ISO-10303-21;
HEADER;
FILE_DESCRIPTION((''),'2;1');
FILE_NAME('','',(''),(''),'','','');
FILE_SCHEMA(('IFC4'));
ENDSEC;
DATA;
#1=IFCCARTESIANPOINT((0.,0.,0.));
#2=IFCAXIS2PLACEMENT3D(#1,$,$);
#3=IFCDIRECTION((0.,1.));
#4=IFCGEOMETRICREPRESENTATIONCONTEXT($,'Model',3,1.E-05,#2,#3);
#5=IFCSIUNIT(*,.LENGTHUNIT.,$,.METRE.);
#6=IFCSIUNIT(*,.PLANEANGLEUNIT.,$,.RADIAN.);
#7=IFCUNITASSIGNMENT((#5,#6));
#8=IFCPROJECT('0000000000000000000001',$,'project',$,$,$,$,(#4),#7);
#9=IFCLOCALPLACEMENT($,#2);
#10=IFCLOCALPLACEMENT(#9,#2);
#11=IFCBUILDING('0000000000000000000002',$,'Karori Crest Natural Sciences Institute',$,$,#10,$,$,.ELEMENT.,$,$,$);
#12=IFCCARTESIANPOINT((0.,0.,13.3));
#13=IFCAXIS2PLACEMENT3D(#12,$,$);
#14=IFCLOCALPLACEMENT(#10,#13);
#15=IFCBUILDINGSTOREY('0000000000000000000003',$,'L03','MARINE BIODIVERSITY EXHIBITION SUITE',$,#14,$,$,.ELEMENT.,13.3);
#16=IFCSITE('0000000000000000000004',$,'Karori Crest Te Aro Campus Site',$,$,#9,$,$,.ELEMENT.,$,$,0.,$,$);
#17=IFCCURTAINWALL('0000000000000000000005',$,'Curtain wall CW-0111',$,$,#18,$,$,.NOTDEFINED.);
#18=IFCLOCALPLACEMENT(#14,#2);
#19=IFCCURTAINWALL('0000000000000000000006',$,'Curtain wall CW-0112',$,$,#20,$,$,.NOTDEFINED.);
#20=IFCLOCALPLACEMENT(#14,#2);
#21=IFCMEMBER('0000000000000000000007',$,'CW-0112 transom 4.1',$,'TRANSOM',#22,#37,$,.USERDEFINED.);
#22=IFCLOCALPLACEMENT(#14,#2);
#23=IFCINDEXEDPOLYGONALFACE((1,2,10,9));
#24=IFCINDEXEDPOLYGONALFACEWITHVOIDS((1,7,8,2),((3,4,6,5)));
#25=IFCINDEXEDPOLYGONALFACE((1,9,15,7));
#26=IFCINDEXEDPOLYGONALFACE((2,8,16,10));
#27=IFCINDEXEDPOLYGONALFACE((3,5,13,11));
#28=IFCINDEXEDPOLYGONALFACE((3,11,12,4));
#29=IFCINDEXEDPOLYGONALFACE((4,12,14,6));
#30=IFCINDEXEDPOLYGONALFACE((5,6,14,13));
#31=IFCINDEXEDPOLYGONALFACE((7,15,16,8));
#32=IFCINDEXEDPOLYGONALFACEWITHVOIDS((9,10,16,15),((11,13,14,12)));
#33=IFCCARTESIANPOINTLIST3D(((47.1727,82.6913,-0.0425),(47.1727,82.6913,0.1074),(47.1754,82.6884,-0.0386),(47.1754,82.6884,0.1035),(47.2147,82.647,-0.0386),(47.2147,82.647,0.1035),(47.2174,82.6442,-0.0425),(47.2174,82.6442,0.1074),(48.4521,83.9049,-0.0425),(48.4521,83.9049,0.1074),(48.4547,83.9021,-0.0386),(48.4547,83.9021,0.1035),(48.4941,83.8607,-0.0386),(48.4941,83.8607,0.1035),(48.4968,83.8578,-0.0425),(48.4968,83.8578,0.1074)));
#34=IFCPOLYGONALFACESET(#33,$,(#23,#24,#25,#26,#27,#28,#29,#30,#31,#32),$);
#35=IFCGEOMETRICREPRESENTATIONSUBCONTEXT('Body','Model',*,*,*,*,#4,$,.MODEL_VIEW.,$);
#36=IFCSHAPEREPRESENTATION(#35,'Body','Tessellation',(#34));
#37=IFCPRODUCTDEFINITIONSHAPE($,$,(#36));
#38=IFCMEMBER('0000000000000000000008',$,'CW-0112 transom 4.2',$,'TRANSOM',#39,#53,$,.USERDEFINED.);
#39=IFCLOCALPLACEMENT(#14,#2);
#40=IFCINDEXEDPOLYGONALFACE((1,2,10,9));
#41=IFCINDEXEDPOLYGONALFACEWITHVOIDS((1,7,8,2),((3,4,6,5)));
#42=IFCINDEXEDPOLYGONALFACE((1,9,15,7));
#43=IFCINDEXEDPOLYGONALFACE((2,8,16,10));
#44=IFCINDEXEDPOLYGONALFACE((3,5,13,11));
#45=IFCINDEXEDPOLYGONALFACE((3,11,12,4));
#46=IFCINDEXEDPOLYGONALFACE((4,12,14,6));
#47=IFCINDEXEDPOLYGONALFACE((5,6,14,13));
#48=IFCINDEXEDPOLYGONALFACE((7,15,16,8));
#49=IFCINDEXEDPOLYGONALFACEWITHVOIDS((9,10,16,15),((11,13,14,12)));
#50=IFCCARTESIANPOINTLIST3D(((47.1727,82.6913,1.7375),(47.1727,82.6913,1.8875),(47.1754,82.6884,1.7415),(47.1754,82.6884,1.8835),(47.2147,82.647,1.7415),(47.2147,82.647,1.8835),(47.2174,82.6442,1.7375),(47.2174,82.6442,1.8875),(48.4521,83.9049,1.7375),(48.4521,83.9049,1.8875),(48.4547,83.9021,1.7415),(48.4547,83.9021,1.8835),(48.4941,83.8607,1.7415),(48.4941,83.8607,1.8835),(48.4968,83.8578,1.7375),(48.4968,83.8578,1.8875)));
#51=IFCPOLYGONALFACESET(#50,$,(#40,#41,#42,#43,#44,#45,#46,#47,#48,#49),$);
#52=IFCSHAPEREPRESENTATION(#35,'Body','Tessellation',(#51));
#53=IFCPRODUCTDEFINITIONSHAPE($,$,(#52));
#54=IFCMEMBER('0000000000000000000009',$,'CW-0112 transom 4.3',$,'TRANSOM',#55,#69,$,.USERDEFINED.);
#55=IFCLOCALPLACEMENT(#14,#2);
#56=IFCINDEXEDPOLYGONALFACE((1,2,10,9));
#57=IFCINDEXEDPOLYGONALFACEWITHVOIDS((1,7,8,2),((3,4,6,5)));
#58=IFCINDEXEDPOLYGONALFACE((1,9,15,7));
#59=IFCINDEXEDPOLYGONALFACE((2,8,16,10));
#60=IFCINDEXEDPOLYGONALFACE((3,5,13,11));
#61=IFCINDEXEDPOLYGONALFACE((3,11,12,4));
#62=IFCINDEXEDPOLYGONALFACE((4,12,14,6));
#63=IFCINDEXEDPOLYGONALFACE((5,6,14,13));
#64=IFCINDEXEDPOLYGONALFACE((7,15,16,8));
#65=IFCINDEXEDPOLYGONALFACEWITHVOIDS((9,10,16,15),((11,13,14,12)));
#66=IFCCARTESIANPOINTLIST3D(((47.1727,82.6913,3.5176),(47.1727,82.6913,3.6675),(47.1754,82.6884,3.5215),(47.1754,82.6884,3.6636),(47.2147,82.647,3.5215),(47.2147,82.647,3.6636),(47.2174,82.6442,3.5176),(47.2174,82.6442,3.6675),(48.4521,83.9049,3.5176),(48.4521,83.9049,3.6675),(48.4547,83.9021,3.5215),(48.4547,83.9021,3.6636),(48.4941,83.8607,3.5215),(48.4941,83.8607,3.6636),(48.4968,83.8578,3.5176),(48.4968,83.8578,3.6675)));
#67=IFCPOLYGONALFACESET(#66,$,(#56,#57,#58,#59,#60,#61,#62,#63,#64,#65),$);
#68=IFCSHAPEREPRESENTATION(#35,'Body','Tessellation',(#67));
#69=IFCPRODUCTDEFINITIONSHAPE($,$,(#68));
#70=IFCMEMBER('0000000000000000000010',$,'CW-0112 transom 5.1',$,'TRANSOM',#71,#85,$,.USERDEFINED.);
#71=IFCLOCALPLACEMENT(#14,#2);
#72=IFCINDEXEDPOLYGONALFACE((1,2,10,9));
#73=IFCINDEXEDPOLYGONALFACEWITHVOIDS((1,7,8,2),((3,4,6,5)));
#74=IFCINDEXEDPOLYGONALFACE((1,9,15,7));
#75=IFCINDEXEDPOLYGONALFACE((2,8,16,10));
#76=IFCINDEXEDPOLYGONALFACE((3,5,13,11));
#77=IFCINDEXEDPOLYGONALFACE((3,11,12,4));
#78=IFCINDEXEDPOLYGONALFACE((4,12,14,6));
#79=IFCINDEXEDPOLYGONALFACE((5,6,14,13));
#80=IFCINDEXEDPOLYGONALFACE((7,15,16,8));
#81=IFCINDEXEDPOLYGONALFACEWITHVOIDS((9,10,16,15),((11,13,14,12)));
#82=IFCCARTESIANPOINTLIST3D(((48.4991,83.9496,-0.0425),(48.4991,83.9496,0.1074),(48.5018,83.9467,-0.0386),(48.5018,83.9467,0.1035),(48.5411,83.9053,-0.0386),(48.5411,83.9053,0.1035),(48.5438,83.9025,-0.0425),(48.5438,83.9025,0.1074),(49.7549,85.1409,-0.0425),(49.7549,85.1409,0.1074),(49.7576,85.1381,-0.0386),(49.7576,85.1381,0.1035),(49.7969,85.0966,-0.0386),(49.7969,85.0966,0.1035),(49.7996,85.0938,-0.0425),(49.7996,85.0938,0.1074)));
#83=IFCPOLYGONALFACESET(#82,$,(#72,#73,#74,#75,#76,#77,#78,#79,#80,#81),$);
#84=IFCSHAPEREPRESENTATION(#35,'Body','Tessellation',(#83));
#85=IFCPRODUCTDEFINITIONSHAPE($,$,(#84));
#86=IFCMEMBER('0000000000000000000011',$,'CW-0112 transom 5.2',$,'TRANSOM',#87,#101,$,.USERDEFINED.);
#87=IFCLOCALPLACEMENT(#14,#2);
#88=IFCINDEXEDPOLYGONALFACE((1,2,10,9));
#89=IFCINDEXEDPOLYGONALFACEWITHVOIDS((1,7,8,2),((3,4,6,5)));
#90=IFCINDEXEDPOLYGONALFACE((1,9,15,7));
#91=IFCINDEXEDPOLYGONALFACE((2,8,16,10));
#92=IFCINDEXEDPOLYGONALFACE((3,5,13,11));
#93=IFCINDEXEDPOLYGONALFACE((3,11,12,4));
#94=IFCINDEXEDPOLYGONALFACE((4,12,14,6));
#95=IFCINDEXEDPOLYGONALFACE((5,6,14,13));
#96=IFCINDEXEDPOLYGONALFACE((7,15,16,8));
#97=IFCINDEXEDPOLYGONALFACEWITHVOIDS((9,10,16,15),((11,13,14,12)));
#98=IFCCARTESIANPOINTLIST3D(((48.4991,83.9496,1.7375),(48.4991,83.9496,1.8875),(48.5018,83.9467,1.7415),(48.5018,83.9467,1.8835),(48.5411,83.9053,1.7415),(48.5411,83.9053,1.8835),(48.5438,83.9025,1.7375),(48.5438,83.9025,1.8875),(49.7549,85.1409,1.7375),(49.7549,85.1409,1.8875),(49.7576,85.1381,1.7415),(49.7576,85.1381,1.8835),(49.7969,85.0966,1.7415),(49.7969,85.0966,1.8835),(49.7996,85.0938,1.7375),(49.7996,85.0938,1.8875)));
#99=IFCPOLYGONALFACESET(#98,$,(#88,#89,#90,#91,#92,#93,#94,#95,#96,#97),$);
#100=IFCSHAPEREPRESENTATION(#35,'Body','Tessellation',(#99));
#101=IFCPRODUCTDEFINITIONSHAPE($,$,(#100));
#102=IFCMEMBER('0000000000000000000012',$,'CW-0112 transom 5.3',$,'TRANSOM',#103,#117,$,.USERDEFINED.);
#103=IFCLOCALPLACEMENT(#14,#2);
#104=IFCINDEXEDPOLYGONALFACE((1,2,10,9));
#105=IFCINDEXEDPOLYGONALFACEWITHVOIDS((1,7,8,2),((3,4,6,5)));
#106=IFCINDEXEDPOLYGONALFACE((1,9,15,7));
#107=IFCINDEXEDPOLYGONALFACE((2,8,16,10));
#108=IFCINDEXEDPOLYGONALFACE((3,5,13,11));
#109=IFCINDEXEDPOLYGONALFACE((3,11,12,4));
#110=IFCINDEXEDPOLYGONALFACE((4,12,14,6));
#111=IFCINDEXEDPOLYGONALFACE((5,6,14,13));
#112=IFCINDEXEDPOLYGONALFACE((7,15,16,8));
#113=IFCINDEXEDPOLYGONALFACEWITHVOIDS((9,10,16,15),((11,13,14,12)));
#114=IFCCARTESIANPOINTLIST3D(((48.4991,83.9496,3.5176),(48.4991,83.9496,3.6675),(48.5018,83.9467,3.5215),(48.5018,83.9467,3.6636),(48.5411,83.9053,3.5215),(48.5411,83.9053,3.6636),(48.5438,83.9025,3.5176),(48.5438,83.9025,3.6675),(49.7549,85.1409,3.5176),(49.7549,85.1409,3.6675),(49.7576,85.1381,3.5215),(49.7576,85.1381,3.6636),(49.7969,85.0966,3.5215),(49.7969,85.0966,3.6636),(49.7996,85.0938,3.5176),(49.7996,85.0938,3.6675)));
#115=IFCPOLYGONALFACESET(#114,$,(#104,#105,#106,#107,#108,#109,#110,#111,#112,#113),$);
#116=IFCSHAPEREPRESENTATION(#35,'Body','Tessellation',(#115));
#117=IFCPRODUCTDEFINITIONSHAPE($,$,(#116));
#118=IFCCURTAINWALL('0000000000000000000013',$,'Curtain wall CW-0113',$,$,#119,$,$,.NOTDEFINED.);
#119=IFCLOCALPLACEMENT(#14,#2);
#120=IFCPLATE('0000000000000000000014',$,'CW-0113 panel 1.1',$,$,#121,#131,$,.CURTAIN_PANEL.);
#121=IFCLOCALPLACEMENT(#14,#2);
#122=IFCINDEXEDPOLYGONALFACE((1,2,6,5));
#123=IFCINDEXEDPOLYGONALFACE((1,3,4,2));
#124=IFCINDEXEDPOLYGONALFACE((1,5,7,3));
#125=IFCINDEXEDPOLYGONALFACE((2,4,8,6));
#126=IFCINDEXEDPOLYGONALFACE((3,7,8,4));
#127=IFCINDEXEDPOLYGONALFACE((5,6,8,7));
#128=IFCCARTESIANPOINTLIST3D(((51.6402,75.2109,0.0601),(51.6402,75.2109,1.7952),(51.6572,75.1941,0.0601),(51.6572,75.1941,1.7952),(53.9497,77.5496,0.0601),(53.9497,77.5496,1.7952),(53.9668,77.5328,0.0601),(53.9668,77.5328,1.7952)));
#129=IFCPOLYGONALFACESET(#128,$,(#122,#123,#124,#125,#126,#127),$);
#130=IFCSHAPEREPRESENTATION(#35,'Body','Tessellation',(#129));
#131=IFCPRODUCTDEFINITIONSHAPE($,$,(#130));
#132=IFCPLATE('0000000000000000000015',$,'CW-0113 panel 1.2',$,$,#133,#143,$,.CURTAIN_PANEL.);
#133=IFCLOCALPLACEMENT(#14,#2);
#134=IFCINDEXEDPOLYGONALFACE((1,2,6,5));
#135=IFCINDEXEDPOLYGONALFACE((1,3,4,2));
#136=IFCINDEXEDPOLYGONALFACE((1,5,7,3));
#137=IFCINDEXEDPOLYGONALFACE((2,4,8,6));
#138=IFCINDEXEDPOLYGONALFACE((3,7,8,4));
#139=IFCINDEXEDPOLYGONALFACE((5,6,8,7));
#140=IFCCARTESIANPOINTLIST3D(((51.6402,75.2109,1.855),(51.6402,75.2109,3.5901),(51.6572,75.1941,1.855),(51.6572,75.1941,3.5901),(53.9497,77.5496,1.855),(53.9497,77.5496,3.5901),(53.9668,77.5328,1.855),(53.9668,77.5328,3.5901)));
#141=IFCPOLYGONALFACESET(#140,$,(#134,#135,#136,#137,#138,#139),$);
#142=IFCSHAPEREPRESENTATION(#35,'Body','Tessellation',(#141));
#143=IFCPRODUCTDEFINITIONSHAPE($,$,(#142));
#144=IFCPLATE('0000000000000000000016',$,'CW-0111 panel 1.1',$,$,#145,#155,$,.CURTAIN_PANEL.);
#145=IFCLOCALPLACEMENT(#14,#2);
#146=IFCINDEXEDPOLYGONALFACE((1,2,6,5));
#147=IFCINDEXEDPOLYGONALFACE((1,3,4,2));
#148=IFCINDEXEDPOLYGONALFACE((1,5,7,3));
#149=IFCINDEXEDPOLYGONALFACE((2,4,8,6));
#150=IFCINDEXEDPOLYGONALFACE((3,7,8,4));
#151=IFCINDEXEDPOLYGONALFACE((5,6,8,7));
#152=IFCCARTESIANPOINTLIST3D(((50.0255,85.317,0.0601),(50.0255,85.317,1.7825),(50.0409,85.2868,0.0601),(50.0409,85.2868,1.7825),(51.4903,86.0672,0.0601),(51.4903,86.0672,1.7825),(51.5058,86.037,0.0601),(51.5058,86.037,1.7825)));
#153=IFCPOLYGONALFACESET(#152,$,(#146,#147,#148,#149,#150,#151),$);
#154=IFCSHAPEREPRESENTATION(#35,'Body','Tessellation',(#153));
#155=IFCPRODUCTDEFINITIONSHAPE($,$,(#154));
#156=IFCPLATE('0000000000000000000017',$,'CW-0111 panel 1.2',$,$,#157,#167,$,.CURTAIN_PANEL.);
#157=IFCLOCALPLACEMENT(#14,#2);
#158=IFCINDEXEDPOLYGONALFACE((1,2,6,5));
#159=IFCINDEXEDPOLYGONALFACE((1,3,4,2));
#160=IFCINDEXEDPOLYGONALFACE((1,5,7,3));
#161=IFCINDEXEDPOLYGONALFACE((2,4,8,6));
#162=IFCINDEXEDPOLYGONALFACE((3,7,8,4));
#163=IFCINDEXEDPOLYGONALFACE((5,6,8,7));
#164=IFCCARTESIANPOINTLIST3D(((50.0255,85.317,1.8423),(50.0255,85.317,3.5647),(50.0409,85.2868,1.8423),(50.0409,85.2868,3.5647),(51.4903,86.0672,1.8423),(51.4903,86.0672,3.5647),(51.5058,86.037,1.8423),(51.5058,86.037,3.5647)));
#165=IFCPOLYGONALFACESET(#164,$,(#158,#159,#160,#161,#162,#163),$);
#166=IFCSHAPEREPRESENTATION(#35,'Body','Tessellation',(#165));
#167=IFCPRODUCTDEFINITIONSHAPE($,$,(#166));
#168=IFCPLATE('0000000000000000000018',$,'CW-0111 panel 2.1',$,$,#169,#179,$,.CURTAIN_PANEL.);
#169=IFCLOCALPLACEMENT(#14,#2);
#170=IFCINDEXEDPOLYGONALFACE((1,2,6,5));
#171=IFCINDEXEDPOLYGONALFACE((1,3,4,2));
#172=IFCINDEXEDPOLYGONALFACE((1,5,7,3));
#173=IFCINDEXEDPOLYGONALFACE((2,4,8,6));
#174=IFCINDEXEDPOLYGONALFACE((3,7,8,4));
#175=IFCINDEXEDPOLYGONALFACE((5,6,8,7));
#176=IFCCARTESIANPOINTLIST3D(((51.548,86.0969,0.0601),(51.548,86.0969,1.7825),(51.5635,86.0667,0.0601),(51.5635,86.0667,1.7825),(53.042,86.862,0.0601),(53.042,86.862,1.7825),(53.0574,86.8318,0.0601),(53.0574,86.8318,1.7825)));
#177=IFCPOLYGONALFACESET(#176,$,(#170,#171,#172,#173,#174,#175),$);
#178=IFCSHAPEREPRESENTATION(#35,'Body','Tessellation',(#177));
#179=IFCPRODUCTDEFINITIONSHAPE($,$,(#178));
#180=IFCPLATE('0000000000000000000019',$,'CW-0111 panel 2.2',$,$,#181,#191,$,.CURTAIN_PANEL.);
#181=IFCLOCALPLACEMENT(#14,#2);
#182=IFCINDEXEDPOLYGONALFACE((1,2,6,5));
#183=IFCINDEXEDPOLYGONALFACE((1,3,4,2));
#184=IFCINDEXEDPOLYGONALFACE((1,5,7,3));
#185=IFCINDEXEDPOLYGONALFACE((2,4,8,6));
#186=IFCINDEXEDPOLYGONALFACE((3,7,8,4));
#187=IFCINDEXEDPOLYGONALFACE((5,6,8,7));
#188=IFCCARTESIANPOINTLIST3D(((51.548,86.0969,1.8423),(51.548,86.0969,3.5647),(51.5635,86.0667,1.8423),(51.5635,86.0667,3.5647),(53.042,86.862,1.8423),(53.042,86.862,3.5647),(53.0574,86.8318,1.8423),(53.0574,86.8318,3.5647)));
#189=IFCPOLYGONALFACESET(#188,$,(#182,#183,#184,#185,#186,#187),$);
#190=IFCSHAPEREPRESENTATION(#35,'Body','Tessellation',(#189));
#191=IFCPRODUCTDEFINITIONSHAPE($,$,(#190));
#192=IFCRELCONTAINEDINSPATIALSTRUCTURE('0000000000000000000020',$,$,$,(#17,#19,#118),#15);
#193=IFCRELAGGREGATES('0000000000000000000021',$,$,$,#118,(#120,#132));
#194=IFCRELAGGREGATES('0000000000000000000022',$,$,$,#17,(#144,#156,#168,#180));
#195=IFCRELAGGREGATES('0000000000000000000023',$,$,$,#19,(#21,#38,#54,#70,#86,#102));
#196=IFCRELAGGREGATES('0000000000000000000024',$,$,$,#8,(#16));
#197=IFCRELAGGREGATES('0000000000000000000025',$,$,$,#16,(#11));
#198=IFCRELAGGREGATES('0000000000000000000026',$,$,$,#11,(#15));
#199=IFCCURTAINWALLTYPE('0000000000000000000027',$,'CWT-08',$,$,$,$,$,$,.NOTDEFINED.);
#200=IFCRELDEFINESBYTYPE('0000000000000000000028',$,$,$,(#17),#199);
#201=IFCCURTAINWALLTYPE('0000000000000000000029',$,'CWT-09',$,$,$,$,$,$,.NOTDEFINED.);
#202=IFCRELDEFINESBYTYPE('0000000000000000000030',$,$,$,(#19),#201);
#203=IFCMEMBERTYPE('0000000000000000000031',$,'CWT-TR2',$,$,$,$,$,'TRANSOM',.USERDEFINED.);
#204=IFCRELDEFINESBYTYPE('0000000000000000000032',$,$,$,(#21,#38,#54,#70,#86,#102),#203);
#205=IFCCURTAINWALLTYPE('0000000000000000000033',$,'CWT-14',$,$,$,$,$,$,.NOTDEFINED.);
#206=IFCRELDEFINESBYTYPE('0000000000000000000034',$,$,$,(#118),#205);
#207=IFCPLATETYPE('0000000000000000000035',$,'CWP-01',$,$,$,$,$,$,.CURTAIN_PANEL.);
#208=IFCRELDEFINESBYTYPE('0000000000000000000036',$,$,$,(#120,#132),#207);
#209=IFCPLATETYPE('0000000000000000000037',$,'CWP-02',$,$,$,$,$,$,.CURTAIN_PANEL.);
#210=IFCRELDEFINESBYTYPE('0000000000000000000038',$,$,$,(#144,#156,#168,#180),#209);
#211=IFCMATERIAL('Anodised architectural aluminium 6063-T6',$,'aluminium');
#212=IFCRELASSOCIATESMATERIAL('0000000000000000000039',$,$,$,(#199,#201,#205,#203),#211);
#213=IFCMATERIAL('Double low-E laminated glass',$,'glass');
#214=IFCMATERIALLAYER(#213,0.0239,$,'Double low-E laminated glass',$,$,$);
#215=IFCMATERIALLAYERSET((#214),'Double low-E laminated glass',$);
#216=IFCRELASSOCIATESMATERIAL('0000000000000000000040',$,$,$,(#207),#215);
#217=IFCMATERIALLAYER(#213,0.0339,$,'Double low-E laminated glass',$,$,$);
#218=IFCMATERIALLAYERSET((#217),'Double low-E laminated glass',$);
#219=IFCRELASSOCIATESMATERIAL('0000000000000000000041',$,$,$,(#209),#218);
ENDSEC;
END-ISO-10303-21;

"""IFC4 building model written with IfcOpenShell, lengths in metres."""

from ifc_helpers import new_model, si_unit, direction, frame, origin, origin_2d, place, context, subcontext, project, spatial, rectangle, hollow_rectangle, extrude, material, layer, layer_set, material_profile, profile_set, type_object, element, aggregate, save


model = new_model("IFC4")

# Units and contexts
model_context = context("Model", 3, precision=1e-05, world=origin(), true_north=direction((0.0, 1.0)))
body_context = subcontext(model_context, "Body", "Model", "MODEL_VIEW")
ifc_project = project(units=[si_unit("LENGTHUNIT", "METRE"), si_unit("PLANEANGLEUNIT", "RADIAN")], contexts=[model_context])

# Site, building, storey
site_placement = place(None, origin())
site = spatial("IfcSite", under=ifc_project, at=site_placement, Name="Karori Crest Te Aro Campus Site", CompositionType="ELEMENT", RefElevation=0.0)
building_placement = place(site_placement, origin())
building = spatial("IfcBuilding", under=site, at=building_placement, Name="Karori Crest Natural Sciences Institute", CompositionType="ELEMENT")
storey_placement = place(building_placement, frame((0.0, 0.0, 13.3)))
storey = spatial("IfcBuildingStorey", under=building, at=storey_placement, Name="L03", Description="MARINE BIODIVERSITY EXHIBITION SUITE", CompositionType="ELEMENT", Elevation=13.3)

# Curtain walls
ifc_material_1 = material(Name="Anodised architectural aluminium 6063-T6", Category="aluminium")
curtain_wall_type_1 = type_object("IfcCurtainWallType", Name="CWT-08", PredefinedType="NOTDEFINED", material=ifc_material_1)
curtain_wall_1_placement = place(storey_placement, origin())
curtain_wall_1 = element("IfcCurtainWall", 1, at=curtain_wall_1_placement, inside=storey, type_object=curtain_wall_type_1, Name="Curtain wall CW-0111", PredefinedType="NOTDEFINED")
curtain_wall_type_2 = type_object("IfcCurtainWallType", Name="CWT-09", PredefinedType="NOTDEFINED", material=ifc_material_1)
curtain_wall_2_placement = place(storey_placement, origin())
curtain_wall_2 = element("IfcCurtainWall", 2, at=curtain_wall_2_placement, inside=storey, type_object=curtain_wall_type_2, Name="Curtain wall CW-0112", PredefinedType="NOTDEFINED")

# Members
ifc_material_profile_1 = material_profile(ifc_material_1, hollow_rectangle(XDim=0.0649, YDim=0.1499, WallThickness=0.0039, at=origin_2d()), Name="CWT150x65x4")
ifc_profile_set_1 = profile_set([ifc_material_profile_1], Name="Anodised architectural aluminium 6063-T6")
member_type_1 = type_object("IfcMemberType", Name="CWT-TR2", ElementType="TRANSOM", PredefinedType="USERDEFINED", material=ifc_profile_set_1)
member_1_placement = place(storey_placement, frame((47.1951, 82.6677, 0.0325), z_axis=(0.725483, 0.68824, 0.0), x_axis=(-0.68824, 0.725483, 0.0)))
member_1 = element("IfcMember", 3, at=member_1_placement, type_object=member_type_1, Name="CW-0112 transom 4.1", ObjectType="TRANSOM", PredefinedType="USERDEFINED", context=body_context, shape_type="SweptSolid", body=[
    extrude(hollow_rectangle(XDim=0.0649, YDim=0.1499, WallThickness=0.0039, at=origin_2d()), origin(), (0.0, 0.0, 1.0), 1.7634),
])
member_2_placement = place(storey_placement, frame((47.1951, 82.6677, 1.8125), z_axis=(0.725483, 0.68824, 0.0), x_axis=(-0.68824, 0.725483, 0.0)))
member_2 = element("IfcMember", 4, at=member_2_placement, type_object=member_type_1, Name="CW-0112 transom 4.2", ObjectType="TRANSOM", PredefinedType="USERDEFINED", context=body_context, shape_type="SweptSolid", body=[
    extrude(hollow_rectangle(XDim=0.0649, YDim=0.1499, WallThickness=0.0039, at=origin_2d()), origin(), (0.0, 0.0, 1.0), 1.7634),
])
member_3_placement = place(storey_placement, frame((47.1951, 82.6677, 3.5925), z_axis=(0.725483, 0.68824, 0.0), x_axis=(-0.68824, 0.725483, 0.0)))
member_3 = element("IfcMember", 5, at=member_3_placement, type_object=member_type_1, Name="CW-0112 transom 4.3", ObjectType="TRANSOM", PredefinedType="USERDEFINED", context=body_context, shape_type="SweptSolid", body=[
    extrude(hollow_rectangle(XDim=0.0649, YDim=0.1499, WallThickness=0.0039, at=origin_2d()), origin(), (0.0, 0.0, 1.0), 1.7634),
])
member_4_placement = place(storey_placement, frame((48.5215, 83.926, 0.0325), z_axis=(0.725478, 0.688245, 0.0), x_axis=(-0.688245, 0.725478, 0.0)))
member_4 = element("IfcMember", 6, at=member_4_placement, type_object=member_type_1, Name="CW-0112 transom 5.1", ObjectType="TRANSOM", PredefinedType="USERDEFINED", context=body_context, shape_type="SweptSolid", body=[
    extrude(hollow_rectangle(XDim=0.0649, YDim=0.1499, WallThickness=0.0039, at=origin_2d()), origin(), (0.0, 0.0, 1.0), 1.731),
])
member_5_placement = place(storey_placement, frame((48.5215, 83.926, 1.8125), z_axis=(0.725478, 0.688245, 0.0), x_axis=(-0.688245, 0.725478, 0.0)))
member_5 = element("IfcMember", 7, at=member_5_placement, type_object=member_type_1, Name="CW-0112 transom 5.2", ObjectType="TRANSOM", PredefinedType="USERDEFINED", context=body_context, shape_type="SweptSolid", body=[
    extrude(hollow_rectangle(XDim=0.0649, YDim=0.1499, WallThickness=0.0039, at=origin_2d()), origin(), (0.0, 0.0, 1.0), 1.731),
])
member_6_placement = place(storey_placement, frame((48.5215, 83.926, 3.5925), z_axis=(0.725478, 0.688245, 0.0), x_axis=(-0.688245, 0.725478, 0.0)))
member_6 = element("IfcMember", 8, at=member_6_placement, type_object=member_type_1, Name="CW-0112 transom 5.3", ObjectType="TRANSOM", PredefinedType="USERDEFINED", context=body_context, shape_type="SweptSolid", body=[
    extrude(hollow_rectangle(XDim=0.0649, YDim=0.1499, WallThickness=0.0039, at=origin_2d()), origin(), (0.0, 0.0, 1.0), 1.731),
])

# Curtain wall, plates
curtain_wall_type_3 = type_object("IfcCurtainWallType", Name="CWT-14", PredefinedType="NOTDEFINED", material=ifc_material_1)
curtain_wall_3_placement = place(storey_placement, origin())
curtain_wall_3 = element("IfcCurtainWall", 9, at=curtain_wall_3_placement, inside=storey, type_object=curtain_wall_type_3, Name="Curtain wall CW-0113", PredefinedType="NOTDEFINED")
ifc_material_2 = material(Name="Double low-E laminated glass", Category="glass")
ifc_layer_1 = layer(ifc_material_2, 0.0239, Name="Double low-E laminated glass")
ifc_layer_set_1 = layer_set([ifc_layer_1], Name="Double low-E laminated glass")
plate_type_1 = type_object("IfcPlateType", Name="CWP-01", PredefinedType="CURTAIN_PANEL", material=ifc_layer_set_1)
plate_1_placement = place(storey_placement, frame((52.8035, 76.3718, 0.0601), z_axis=(0.0, 0.0, 1.0), x_axis=(-0.702661, -0.711525, 0.0)))
plate_1 = element("IfcPlate", 10, at=plate_1_placement, type_object=plate_type_1, Name="CW-0113 panel 1.1", PredefinedType="CURTAIN_PANEL", context=body_context, shape_type="SweptSolid", body=[
    extrude(rectangle(XDim=3.2869, YDim=0.0239, at=origin_2d()), origin(), (0.0, 0.0, 1.0), 1.7351),
])
plate_2_placement = place(storey_placement, frame((52.8035, 76.3718, 1.855), z_axis=(0.0, 0.0, 1.0), x_axis=(-0.702661, -0.711525, 0.0)))
plate_2 = element("IfcPlate", 11, at=plate_2_placement, type_object=plate_type_1, Name="CW-0113 panel 1.2", PredefinedType="CURTAIN_PANEL", context=body_context, shape_type="SweptSolid", body=[
    extrude(rectangle(XDim=3.2869, YDim=0.0239, at=origin_2d()), origin(), (0.0, 0.0, 1.0), 1.7351),
])
aggregate(curtain_wall_3, [plate_1, plate_2])

# Plates
ifc_layer_2 = layer(ifc_material_2, 0.0339, Name="Double low-E laminated glass")
ifc_layer_set_2 = layer_set([ifc_layer_2], Name="Double low-E laminated glass")
plate_type_2 = type_object("IfcPlateType", Name="CWP-02", PredefinedType="CURTAIN_PANEL", material=ifc_layer_set_2)
plate_3_placement = place(storey_placement, frame((50.7656, 85.677, 0.0601), z_axis=(0.0, 0.0, 1.0), x_axis=(0.890067, 0.455829, 0.0)))
plate_3 = element("IfcPlate", 12, at=plate_3_placement, type_object=plate_type_2, Name="CW-0111 panel 1.1", PredefinedType="CURTAIN_PANEL", context=body_context, shape_type="SweptSolid", body=[
    extrude(rectangle(XDim=1.6458, YDim=0.0339, at=origin_2d()), origin(), (0.0, 0.0, 1.0), 1.7224),
])
plate_4_placement = place(storey_placement, frame((50.7656, 85.677, 1.8423), z_axis=(0.0, 0.0, 1.0), x_axis=(0.890067, 0.455829, 0.0)))
plate_4 = element("IfcPlate", 13, at=plate_4_placement, type_object=plate_type_2, Name="CW-0111 panel 1.2", PredefinedType="CURTAIN_PANEL", context=body_context, shape_type="SweptSolid", body=[
    extrude(rectangle(XDim=1.6458, YDim=0.0339, at=origin_2d()), origin(), (0.0, 0.0, 1.0), 1.7224),
])
plate_5_placement = place(storey_placement, frame((52.3027, 86.4644, 0.0601), z_axis=(0.0, 0.0, 1.0), x_axis=(0.890067, 0.455829, 0.0)))
plate_5 = element("IfcPlate", 14, at=plate_5_placement, type_object=plate_type_2, Name="CW-0111 panel 2.1", PredefinedType="CURTAIN_PANEL", context=body_context, shape_type="SweptSolid", body=[
    extrude(rectangle(XDim=1.6785, YDim=0.0339, at=origin_2d()), origin(), (0.0, 0.0, 1.0), 1.7224),
])
plate_6_placement = place(storey_placement, frame((52.3027, 86.4644, 1.8423), z_axis=(0.0, 0.0, 1.0), x_axis=(0.890067, 0.455829, 0.0)))
plate_6 = element("IfcPlate", 15, at=plate_6_placement, type_object=plate_type_2, Name="CW-0111 panel 2.2", PredefinedType="CURTAIN_PANEL", context=body_context, shape_type="SweptSolid", body=[
    extrude(rectangle(XDim=1.6785, YDim=0.0339, at=origin_2d()), origin(), (0.0, 0.0, 1.0), 1.7224),
])
aggregate(curtain_wall_1, [plate_3, plate_4, plate_5, plate_6])
aggregate(curtain_wall_2, [member_1, member_2, member_3, member_4, member_5, member_6])

save(model, "model.ifc")
